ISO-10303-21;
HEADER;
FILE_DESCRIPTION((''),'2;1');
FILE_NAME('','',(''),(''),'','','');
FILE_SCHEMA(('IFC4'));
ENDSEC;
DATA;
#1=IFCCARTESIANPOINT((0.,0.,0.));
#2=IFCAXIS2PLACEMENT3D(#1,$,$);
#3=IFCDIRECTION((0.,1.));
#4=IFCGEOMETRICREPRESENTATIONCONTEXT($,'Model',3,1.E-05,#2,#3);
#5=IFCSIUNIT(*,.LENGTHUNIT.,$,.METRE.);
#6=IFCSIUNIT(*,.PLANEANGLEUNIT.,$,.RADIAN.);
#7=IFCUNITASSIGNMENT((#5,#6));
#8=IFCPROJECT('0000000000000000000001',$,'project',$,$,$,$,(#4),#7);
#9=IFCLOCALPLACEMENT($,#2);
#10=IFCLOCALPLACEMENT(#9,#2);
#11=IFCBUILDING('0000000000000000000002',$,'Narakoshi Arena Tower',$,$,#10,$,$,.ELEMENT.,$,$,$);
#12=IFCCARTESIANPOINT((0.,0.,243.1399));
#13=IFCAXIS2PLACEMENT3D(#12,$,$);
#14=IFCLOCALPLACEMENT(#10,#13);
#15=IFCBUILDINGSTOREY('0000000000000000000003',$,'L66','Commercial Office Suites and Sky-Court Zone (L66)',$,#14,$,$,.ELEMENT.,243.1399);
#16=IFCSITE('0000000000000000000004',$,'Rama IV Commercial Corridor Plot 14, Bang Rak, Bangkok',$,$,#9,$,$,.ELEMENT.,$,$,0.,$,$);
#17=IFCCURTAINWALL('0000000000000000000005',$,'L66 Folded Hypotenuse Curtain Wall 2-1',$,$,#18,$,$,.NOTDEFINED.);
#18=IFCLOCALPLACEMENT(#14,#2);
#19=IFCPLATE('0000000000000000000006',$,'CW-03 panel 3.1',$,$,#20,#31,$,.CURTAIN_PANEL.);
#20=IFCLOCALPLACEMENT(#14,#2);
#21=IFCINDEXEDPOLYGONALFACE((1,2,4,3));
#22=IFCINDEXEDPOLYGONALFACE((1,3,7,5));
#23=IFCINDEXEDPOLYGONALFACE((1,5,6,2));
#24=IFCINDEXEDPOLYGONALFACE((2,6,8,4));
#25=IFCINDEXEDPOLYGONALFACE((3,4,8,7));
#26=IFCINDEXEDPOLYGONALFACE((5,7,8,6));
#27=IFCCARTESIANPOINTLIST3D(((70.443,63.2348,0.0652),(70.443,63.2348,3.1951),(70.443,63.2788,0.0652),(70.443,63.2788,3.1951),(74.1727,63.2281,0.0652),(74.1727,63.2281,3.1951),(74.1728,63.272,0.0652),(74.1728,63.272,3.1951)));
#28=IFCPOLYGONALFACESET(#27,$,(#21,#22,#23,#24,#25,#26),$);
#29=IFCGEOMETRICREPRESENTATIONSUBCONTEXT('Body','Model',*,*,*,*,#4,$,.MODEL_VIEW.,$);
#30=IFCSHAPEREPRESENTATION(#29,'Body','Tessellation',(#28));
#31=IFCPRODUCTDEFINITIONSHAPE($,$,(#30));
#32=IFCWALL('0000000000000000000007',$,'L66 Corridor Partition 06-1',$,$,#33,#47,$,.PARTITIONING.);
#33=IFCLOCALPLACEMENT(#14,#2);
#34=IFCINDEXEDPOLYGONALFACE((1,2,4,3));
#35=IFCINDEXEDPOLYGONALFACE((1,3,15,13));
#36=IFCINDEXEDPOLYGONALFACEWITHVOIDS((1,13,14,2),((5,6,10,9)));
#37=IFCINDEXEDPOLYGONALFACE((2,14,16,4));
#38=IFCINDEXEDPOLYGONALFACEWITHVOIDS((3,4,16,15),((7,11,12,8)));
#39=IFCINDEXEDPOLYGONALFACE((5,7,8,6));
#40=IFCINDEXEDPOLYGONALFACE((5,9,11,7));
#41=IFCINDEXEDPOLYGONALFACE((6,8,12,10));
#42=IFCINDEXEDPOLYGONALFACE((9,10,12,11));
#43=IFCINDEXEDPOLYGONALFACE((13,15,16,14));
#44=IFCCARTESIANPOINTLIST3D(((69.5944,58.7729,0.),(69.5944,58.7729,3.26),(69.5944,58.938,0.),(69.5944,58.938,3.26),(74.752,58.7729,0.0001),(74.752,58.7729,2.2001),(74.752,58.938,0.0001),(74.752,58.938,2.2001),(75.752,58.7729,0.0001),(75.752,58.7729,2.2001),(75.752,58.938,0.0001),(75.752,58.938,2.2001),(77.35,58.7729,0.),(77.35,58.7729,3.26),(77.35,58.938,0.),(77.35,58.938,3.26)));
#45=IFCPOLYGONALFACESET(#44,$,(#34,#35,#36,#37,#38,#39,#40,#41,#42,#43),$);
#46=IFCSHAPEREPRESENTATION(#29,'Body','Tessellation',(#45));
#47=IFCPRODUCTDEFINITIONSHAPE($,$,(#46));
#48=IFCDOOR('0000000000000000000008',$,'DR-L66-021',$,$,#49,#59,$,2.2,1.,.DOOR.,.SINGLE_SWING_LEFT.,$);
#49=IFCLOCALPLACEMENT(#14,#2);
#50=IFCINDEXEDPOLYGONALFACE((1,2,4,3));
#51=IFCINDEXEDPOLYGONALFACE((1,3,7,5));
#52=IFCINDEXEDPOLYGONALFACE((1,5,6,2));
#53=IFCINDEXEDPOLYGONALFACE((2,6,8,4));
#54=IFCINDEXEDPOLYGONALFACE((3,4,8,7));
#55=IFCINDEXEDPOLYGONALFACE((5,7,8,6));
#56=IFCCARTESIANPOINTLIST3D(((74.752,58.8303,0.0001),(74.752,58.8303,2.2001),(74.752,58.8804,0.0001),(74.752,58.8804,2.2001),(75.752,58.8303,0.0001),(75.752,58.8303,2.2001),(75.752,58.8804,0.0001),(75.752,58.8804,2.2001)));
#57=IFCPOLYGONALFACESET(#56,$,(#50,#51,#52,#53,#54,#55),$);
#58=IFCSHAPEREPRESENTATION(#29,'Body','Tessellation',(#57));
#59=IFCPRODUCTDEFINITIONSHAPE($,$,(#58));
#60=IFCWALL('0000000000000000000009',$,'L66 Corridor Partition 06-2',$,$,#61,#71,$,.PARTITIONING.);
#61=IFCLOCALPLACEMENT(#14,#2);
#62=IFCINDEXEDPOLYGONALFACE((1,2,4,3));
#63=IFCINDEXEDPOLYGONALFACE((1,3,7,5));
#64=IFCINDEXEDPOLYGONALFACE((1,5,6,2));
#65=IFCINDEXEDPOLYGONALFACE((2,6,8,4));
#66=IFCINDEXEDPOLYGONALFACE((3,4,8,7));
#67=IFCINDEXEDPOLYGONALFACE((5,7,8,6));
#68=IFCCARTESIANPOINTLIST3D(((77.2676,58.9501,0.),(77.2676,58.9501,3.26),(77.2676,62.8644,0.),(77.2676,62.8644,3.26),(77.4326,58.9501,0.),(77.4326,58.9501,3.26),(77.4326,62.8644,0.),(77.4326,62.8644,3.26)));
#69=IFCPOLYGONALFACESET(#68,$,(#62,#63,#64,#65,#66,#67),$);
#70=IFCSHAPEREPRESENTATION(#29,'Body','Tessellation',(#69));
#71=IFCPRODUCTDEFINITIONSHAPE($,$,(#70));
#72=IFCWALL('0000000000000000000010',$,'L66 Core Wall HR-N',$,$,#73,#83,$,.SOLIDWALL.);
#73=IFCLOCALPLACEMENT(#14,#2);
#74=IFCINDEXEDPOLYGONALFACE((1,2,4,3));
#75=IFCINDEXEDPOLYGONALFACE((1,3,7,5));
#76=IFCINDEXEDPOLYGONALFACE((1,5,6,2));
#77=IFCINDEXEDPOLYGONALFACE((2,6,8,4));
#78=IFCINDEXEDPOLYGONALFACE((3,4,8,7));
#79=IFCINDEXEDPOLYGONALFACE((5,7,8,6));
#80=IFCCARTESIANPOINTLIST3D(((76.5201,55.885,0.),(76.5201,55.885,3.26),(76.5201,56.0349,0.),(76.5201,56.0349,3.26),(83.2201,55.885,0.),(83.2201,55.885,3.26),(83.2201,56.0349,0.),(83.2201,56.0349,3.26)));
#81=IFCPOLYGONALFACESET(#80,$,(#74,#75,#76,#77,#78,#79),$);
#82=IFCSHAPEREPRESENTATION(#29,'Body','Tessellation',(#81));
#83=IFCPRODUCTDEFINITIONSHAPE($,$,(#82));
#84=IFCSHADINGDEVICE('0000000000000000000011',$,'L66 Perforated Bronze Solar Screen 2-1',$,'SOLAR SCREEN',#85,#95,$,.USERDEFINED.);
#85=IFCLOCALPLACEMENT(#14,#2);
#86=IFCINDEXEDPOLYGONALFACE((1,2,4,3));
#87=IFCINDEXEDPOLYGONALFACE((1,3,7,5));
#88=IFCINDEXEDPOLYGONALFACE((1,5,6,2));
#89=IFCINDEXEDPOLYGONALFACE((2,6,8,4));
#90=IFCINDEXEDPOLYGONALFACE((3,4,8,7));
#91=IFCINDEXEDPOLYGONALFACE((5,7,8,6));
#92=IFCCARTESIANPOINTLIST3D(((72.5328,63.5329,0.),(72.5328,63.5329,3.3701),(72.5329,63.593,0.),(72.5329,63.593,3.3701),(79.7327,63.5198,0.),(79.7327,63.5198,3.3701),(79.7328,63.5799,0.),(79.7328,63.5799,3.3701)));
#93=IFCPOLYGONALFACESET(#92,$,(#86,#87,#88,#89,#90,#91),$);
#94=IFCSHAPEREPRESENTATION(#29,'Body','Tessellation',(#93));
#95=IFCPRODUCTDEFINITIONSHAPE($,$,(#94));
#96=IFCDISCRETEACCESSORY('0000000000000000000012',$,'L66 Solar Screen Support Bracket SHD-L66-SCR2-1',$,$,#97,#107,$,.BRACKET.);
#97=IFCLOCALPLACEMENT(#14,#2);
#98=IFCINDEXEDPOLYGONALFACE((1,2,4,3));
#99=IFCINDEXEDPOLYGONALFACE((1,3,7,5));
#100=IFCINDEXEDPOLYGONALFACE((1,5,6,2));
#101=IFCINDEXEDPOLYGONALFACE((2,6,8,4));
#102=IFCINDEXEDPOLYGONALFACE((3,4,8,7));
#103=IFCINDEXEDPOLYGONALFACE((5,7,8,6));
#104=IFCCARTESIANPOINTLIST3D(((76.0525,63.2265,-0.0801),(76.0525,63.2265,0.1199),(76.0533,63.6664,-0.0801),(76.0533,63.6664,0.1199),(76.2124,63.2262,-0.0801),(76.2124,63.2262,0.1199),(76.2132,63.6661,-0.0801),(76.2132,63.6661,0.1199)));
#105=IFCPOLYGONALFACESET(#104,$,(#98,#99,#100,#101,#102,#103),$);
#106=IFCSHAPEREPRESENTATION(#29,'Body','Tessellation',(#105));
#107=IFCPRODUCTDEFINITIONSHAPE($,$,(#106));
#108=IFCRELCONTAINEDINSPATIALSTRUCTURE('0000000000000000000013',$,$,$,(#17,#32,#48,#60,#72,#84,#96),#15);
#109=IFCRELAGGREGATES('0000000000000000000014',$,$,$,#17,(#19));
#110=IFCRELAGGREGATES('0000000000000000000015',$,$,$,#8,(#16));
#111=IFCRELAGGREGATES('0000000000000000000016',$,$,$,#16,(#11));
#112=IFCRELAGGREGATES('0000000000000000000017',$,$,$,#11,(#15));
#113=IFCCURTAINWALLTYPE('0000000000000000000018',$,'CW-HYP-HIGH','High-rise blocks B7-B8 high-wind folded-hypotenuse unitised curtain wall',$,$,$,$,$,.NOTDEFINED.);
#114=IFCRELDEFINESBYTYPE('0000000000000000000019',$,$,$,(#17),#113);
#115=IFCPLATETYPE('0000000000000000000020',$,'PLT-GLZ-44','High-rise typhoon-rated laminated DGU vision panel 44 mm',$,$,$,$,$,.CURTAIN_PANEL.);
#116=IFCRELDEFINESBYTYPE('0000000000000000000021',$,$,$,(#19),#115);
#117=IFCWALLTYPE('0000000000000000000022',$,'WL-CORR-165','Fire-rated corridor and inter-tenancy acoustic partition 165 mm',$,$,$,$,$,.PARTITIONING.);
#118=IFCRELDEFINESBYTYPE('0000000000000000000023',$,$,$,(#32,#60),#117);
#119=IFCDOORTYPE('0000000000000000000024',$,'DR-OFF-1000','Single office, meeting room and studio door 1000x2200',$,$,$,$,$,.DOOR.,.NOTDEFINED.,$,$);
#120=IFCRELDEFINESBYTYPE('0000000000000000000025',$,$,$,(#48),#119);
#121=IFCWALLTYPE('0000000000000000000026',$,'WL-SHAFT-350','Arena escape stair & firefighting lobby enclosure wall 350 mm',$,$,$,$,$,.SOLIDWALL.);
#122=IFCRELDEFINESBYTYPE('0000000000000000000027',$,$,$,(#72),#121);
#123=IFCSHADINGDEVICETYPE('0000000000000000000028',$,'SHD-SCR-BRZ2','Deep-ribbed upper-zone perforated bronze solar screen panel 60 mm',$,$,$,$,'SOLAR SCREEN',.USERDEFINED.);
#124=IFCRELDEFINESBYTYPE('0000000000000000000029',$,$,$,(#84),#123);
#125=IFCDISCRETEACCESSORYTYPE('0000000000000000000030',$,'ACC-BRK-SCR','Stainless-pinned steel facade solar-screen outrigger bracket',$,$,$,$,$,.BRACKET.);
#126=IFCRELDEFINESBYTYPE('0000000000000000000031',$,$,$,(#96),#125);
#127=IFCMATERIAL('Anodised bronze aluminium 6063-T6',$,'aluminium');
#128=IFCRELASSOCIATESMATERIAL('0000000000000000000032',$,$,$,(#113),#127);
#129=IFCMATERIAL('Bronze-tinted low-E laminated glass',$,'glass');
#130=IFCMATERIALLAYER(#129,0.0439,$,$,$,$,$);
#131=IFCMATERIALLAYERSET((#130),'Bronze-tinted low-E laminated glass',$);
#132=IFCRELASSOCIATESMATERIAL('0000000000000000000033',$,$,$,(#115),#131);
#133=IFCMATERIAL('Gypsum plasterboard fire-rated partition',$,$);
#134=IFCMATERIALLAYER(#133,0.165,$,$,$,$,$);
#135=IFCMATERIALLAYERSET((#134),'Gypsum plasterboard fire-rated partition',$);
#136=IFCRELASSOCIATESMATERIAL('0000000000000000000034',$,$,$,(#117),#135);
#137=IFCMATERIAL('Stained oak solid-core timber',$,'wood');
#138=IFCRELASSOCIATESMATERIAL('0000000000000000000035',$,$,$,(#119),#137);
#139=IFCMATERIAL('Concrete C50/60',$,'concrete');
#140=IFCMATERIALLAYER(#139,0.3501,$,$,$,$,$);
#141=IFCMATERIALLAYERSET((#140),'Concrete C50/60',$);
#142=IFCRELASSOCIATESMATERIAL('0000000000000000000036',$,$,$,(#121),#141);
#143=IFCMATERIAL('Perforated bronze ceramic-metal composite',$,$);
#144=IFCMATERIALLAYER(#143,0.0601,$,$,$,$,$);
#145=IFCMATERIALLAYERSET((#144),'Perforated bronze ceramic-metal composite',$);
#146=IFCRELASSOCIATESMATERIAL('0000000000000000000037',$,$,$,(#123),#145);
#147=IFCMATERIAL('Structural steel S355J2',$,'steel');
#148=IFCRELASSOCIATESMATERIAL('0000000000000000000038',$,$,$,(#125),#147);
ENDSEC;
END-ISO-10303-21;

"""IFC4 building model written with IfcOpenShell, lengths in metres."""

from ifc_helpers import new_model, si_unit, direction, frame, frame_2d, origin, origin_2d, place, context, subcontext, project, spatial, rectangle, extrude, material, layer, layer_set, type_object, element, fill, aggregate, save


model = new_model("IFC4")

# Units and contexts
model_context = context("Model", 3, precision=1e-05, world=origin(), true_north=direction((0.0, 1.0)))
body_context = subcontext(model_context, "Body", "Model", "MODEL_VIEW")
ifc_project = project(units=[si_unit("LENGTHUNIT", "METRE"), si_unit("PLANEANGLEUNIT", "RADIAN")], contexts=[model_context])

# Site, building, storey
site_placement = place(None, origin())
site = spatial("IfcSite", under=ifc_project, at=site_placement, Name="Rama IV Commercial Corridor Plot 14, Bang Rak, Bangkok", CompositionType="ELEMENT", RefElevation=0.0)
building_placement = place(site_placement, origin())
building = spatial("IfcBuilding", under=site, at=building_placement, Name="Narakoshi Arena Tower", CompositionType="ELEMENT")
storey_placement = place(building_placement, frame((0.0, 0.0, 243.1399)))
storey = spatial("IfcBuildingStorey", under=building, at=storey_placement, Name="L66", Description="Commercial Office Suites and Sky-Court Zone (L66)", CompositionType="ELEMENT", Elevation=243.1399)

# Shared definitions
ifc_material_1 = material(Name="Concrete C50/60", Category="concrete")

# Shared definitions
ifc_material_2 = material(Name="Structural steel S355J2", Category="steel")

# Curtain wall, plate
ifc_material_3 = material(Name="Anodised bronze aluminium 6063-T6", Category="aluminium")
curtain_wall_type = type_object("IfcCurtainWallType", Name="CW-HYP-HIGH", Description="High-rise blocks B7-B8 high-wind folded-hypotenuse unitised curtain wall", PredefinedType="NOTDEFINED", material=ifc_material_3)
curtain_wall_placement = place(storey_placement, origin())
curtain_wall = element("IfcCurtainWall", 1, at=curtain_wall_placement, inside=storey, type_object=curtain_wall_type, Name="L66 Folded Hypotenuse Curtain Wall 2-1", PredefinedType="NOTDEFINED")
ifc_material_4 = material(Name="Bronze-tinted low-E laminated glass", Category="glass")
ifc_layer_1 = layer(ifc_material_4, 0.0439)
ifc_layer_set_1 = layer_set([ifc_layer_1], Name="Bronze-tinted low-E laminated glass")
plate_type = type_object("IfcPlateType", Name="PLT-GLZ-44", Description="High-rise typhoon-rated laminated DGU vision panel 44 mm", PredefinedType="CURTAIN_PANEL", material=ifc_layer_set_1)
plate_1_placement = place(storey_placement, frame((72.3079, 63.2534, 0.0652), z_axis=(0.0, 0.0, 1.0), x_axis=(-0.999998, 0.00182, 0.0)))
plate_1 = element("IfcPlate", 2, at=plate_1_placement, type_object=plate_type, Name="CW-03 panel 3.1", PredefinedType="CURTAIN_PANEL", context=body_context, shape_type="SweptSolid", body=[
    extrude(rectangle(XDim=3.7297, YDim=0.0439, at=origin_2d()), origin(), (0.0, 0.0, 1.0), 3.1299),
])
aggregate(curtain_wall, [plate_1])

# Wall, opening, door
ifc_material_5 = material(Name="Gypsum plasterboard fire-rated partition")
ifc_layer_2 = layer(ifc_material_5, 0.165)
ifc_layer_set_2 = layer_set([ifc_layer_2], Name="Gypsum plasterboard fire-rated partition")
wall_type_1 = type_object("IfcWallType", Name="WL-CORR-165", Description="Fire-rated corridor and inter-tenancy acoustic partition 165 mm", PredefinedType="PARTITIONING", material=ifc_layer_set_2)
wall_1_placement = place(storey_placement, frame((77.3501, 58.8555, 0.0), z_axis=(0.0, 0.0, 1.0), x_axis=(-1.0, 0.0, 0.0)))
wall_1 = element("IfcWall", 3, at=wall_1_placement, inside=storey, type_object=wall_type_1, Name="L66 Corridor Partition 06-1", PredefinedType="PARTITIONING", context=body_context, shape_type="SweptSolid", body=[
    extrude(rectangle(XDim=7.7556, YDim=0.165, at=frame_2d((3.8779, 0.0))), origin(), (0.0, 0.0, 1.0), 3.26),
])
opening_placement = place(wall_1_placement, frame((1.5981, 0.0, 0.0)))
opening = element("IfcOpeningElement", 4, at=opening_placement, cuts=wall_1, PredefinedType="OPENING", context=body_context, shape_type="SweptSolid", body=[
    extrude(rectangle(XDim=1.0, YDim=2.2, at=frame_2d((0.5, 1.1001))), frame((0.0, 0.0925, 0.0), z_axis=(0.0, -1.0, 0.0), x_axis=(1.0, 0.0, 0.0)), (0.0, 0.0, 1.0), 0.1851),
])
ifc_material_6 = material(Name="Stained oak solid-core timber", Category="wood")
door_type = type_object("IfcDoorType", Name="DR-OFF-1000", Description="Single office, meeting room and studio door 1000x2200", OperationType="NOTDEFINED", PredefinedType="DOOR", material=ifc_material_6)
door_placement = place(opening_placement, frame((1.0, 0.0, 0.0), z_axis=(0.0, 0.0, 1.0), x_axis=(-1.0, 0.0, 0.0)))
door = element("IfcDoor", 5, at=door_placement, inside=storey, type_object=door_type, Name="DR-L66-021", OperationType="SINGLE_SWING_LEFT", OverallHeight=2.2, OverallWidth=1.0, PredefinedType="DOOR", context=body_context, shape_type="SweptSolid", body=[
    extrude(rectangle(XDim=1.0, YDim=2.2, at=frame_2d((0.5, 1.1001))), frame((0.0, 0.0249, 0.0), z_axis=(0.0, -1.0, 0.0), x_axis=(1.0, 0.0, 0.0)), (0.0, 0.0, 1.0), 0.05),
])
fill(opening, door)

# Walls
wall_2_placement = place(storey_placement, frame((77.3501, 62.8643, 0.0), z_axis=(0.0, 0.0, 1.0), x_axis=(0.0, -1.0, 0.0)))
element("IfcWall", 6, at=wall_2_placement, inside=storey, type_object=wall_type_1, Name="L66 Corridor Partition 06-2", PredefinedType="PARTITIONING", context=body_context, shape_type="SweptSolid", body=[
    extrude(rectangle(XDim=3.9143, YDim=0.165, at=frame_2d((1.957, 0.0))), origin(), (0.0, 0.0, 1.0), 3.26),
])
ifc_layer_3 = layer(ifc_material_1, 0.3501)
ifc_layer_set_3 = layer_set([ifc_layer_3], Name="Concrete C50/60")
wall_type_2 = type_object("IfcWallType", Name="WL-SHAFT-350", Description="Arena escape stair & firefighting lobby enclosure wall 350 mm", PredefinedType="SOLIDWALL", material=ifc_layer_set_3)
wall_3_placement = place(storey_placement, frame((76.52, 55.96, 0.0), z_axis=(0.0, 0.0, 1.0), x_axis=(1.0, 0.0, 0.0)))
element("IfcWall", 7, at=wall_3_placement, inside=storey, type_object=wall_type_2, Name="L66 Core Wall HR-N", PredefinedType="SOLIDWALL", context=body_context, shape_type="SweptSolid", body=[
    extrude(rectangle(XDim=6.7, YDim=0.1499, at=frame_2d((3.3501, 0.0))), origin(), (0.0, 0.0, 1.0), 3.26),
])

# Shading device
ifc_material_7 = material(Name="Perforated bronze ceramic-metal composite")
ifc_layer_4 = layer(ifc_material_7, 0.0601)
ifc_layer_set_4 = layer_set([ifc_layer_4], Name="Perforated bronze ceramic-metal composite")
shading_device_type = type_object("IfcShadingDeviceType", Name="SHD-SCR-BRZ2", Description="Deep-ribbed upper-zone perforated bronze solar screen panel 60 mm", ElementType="SOLAR SCREEN", PredefinedType="USERDEFINED", material=ifc_layer_set_4)
shading_device_placement = place(storey_placement, frame((76.1328, 63.5564, 0.0), z_axis=(0.0, 0.0, 1.0), x_axis=(-0.999998, 0.001815, 0.0)))
element("IfcShadingDevice", 8, at=shading_device_placement, inside=storey, type_object=shading_device_type, Name="L66 Perforated Bronze Solar Screen 2-1", ObjectType="SOLAR SCREEN", PredefinedType="USERDEFINED", context=body_context, shape_type="SweptSolid", body=[
    extrude(rectangle(XDim=7.2, YDim=0.0601, at=origin_2d()), origin(), (0.0, 0.0, 1.0), 3.3701),
])

# Discrete accessory
discrete_accessory_type = type_object("IfcDiscreteAccessoryType", Name="ACC-BRK-SCR", Description="Stainless-pinned steel facade solar-screen outrigger bracket", PredefinedType="BRACKET", material=ifc_material_2)
discrete_accessory_placement = place(storey_placement, frame((76.1328, 63.4463, -0.0801), z_axis=(0.0, 0.0, 1.0), x_axis=(-0.999998, 0.001815, 0.0)))
element("IfcDiscreteAccessory", 9, at=discrete_accessory_placement, inside=storey, type_object=discrete_accessory_type, Name="L66 Solar Screen Support Bracket SHD-L66-SCR2-1", PredefinedType="BRACKET", context=body_context, shape_type="SweptSolid", body=[
    extrude(rectangle(XDim=0.1599, YDim=0.4399, at=origin_2d()), origin(), (0.0, 0.0, 1.0), 0.2),
])

save(model, "model.ifc")
